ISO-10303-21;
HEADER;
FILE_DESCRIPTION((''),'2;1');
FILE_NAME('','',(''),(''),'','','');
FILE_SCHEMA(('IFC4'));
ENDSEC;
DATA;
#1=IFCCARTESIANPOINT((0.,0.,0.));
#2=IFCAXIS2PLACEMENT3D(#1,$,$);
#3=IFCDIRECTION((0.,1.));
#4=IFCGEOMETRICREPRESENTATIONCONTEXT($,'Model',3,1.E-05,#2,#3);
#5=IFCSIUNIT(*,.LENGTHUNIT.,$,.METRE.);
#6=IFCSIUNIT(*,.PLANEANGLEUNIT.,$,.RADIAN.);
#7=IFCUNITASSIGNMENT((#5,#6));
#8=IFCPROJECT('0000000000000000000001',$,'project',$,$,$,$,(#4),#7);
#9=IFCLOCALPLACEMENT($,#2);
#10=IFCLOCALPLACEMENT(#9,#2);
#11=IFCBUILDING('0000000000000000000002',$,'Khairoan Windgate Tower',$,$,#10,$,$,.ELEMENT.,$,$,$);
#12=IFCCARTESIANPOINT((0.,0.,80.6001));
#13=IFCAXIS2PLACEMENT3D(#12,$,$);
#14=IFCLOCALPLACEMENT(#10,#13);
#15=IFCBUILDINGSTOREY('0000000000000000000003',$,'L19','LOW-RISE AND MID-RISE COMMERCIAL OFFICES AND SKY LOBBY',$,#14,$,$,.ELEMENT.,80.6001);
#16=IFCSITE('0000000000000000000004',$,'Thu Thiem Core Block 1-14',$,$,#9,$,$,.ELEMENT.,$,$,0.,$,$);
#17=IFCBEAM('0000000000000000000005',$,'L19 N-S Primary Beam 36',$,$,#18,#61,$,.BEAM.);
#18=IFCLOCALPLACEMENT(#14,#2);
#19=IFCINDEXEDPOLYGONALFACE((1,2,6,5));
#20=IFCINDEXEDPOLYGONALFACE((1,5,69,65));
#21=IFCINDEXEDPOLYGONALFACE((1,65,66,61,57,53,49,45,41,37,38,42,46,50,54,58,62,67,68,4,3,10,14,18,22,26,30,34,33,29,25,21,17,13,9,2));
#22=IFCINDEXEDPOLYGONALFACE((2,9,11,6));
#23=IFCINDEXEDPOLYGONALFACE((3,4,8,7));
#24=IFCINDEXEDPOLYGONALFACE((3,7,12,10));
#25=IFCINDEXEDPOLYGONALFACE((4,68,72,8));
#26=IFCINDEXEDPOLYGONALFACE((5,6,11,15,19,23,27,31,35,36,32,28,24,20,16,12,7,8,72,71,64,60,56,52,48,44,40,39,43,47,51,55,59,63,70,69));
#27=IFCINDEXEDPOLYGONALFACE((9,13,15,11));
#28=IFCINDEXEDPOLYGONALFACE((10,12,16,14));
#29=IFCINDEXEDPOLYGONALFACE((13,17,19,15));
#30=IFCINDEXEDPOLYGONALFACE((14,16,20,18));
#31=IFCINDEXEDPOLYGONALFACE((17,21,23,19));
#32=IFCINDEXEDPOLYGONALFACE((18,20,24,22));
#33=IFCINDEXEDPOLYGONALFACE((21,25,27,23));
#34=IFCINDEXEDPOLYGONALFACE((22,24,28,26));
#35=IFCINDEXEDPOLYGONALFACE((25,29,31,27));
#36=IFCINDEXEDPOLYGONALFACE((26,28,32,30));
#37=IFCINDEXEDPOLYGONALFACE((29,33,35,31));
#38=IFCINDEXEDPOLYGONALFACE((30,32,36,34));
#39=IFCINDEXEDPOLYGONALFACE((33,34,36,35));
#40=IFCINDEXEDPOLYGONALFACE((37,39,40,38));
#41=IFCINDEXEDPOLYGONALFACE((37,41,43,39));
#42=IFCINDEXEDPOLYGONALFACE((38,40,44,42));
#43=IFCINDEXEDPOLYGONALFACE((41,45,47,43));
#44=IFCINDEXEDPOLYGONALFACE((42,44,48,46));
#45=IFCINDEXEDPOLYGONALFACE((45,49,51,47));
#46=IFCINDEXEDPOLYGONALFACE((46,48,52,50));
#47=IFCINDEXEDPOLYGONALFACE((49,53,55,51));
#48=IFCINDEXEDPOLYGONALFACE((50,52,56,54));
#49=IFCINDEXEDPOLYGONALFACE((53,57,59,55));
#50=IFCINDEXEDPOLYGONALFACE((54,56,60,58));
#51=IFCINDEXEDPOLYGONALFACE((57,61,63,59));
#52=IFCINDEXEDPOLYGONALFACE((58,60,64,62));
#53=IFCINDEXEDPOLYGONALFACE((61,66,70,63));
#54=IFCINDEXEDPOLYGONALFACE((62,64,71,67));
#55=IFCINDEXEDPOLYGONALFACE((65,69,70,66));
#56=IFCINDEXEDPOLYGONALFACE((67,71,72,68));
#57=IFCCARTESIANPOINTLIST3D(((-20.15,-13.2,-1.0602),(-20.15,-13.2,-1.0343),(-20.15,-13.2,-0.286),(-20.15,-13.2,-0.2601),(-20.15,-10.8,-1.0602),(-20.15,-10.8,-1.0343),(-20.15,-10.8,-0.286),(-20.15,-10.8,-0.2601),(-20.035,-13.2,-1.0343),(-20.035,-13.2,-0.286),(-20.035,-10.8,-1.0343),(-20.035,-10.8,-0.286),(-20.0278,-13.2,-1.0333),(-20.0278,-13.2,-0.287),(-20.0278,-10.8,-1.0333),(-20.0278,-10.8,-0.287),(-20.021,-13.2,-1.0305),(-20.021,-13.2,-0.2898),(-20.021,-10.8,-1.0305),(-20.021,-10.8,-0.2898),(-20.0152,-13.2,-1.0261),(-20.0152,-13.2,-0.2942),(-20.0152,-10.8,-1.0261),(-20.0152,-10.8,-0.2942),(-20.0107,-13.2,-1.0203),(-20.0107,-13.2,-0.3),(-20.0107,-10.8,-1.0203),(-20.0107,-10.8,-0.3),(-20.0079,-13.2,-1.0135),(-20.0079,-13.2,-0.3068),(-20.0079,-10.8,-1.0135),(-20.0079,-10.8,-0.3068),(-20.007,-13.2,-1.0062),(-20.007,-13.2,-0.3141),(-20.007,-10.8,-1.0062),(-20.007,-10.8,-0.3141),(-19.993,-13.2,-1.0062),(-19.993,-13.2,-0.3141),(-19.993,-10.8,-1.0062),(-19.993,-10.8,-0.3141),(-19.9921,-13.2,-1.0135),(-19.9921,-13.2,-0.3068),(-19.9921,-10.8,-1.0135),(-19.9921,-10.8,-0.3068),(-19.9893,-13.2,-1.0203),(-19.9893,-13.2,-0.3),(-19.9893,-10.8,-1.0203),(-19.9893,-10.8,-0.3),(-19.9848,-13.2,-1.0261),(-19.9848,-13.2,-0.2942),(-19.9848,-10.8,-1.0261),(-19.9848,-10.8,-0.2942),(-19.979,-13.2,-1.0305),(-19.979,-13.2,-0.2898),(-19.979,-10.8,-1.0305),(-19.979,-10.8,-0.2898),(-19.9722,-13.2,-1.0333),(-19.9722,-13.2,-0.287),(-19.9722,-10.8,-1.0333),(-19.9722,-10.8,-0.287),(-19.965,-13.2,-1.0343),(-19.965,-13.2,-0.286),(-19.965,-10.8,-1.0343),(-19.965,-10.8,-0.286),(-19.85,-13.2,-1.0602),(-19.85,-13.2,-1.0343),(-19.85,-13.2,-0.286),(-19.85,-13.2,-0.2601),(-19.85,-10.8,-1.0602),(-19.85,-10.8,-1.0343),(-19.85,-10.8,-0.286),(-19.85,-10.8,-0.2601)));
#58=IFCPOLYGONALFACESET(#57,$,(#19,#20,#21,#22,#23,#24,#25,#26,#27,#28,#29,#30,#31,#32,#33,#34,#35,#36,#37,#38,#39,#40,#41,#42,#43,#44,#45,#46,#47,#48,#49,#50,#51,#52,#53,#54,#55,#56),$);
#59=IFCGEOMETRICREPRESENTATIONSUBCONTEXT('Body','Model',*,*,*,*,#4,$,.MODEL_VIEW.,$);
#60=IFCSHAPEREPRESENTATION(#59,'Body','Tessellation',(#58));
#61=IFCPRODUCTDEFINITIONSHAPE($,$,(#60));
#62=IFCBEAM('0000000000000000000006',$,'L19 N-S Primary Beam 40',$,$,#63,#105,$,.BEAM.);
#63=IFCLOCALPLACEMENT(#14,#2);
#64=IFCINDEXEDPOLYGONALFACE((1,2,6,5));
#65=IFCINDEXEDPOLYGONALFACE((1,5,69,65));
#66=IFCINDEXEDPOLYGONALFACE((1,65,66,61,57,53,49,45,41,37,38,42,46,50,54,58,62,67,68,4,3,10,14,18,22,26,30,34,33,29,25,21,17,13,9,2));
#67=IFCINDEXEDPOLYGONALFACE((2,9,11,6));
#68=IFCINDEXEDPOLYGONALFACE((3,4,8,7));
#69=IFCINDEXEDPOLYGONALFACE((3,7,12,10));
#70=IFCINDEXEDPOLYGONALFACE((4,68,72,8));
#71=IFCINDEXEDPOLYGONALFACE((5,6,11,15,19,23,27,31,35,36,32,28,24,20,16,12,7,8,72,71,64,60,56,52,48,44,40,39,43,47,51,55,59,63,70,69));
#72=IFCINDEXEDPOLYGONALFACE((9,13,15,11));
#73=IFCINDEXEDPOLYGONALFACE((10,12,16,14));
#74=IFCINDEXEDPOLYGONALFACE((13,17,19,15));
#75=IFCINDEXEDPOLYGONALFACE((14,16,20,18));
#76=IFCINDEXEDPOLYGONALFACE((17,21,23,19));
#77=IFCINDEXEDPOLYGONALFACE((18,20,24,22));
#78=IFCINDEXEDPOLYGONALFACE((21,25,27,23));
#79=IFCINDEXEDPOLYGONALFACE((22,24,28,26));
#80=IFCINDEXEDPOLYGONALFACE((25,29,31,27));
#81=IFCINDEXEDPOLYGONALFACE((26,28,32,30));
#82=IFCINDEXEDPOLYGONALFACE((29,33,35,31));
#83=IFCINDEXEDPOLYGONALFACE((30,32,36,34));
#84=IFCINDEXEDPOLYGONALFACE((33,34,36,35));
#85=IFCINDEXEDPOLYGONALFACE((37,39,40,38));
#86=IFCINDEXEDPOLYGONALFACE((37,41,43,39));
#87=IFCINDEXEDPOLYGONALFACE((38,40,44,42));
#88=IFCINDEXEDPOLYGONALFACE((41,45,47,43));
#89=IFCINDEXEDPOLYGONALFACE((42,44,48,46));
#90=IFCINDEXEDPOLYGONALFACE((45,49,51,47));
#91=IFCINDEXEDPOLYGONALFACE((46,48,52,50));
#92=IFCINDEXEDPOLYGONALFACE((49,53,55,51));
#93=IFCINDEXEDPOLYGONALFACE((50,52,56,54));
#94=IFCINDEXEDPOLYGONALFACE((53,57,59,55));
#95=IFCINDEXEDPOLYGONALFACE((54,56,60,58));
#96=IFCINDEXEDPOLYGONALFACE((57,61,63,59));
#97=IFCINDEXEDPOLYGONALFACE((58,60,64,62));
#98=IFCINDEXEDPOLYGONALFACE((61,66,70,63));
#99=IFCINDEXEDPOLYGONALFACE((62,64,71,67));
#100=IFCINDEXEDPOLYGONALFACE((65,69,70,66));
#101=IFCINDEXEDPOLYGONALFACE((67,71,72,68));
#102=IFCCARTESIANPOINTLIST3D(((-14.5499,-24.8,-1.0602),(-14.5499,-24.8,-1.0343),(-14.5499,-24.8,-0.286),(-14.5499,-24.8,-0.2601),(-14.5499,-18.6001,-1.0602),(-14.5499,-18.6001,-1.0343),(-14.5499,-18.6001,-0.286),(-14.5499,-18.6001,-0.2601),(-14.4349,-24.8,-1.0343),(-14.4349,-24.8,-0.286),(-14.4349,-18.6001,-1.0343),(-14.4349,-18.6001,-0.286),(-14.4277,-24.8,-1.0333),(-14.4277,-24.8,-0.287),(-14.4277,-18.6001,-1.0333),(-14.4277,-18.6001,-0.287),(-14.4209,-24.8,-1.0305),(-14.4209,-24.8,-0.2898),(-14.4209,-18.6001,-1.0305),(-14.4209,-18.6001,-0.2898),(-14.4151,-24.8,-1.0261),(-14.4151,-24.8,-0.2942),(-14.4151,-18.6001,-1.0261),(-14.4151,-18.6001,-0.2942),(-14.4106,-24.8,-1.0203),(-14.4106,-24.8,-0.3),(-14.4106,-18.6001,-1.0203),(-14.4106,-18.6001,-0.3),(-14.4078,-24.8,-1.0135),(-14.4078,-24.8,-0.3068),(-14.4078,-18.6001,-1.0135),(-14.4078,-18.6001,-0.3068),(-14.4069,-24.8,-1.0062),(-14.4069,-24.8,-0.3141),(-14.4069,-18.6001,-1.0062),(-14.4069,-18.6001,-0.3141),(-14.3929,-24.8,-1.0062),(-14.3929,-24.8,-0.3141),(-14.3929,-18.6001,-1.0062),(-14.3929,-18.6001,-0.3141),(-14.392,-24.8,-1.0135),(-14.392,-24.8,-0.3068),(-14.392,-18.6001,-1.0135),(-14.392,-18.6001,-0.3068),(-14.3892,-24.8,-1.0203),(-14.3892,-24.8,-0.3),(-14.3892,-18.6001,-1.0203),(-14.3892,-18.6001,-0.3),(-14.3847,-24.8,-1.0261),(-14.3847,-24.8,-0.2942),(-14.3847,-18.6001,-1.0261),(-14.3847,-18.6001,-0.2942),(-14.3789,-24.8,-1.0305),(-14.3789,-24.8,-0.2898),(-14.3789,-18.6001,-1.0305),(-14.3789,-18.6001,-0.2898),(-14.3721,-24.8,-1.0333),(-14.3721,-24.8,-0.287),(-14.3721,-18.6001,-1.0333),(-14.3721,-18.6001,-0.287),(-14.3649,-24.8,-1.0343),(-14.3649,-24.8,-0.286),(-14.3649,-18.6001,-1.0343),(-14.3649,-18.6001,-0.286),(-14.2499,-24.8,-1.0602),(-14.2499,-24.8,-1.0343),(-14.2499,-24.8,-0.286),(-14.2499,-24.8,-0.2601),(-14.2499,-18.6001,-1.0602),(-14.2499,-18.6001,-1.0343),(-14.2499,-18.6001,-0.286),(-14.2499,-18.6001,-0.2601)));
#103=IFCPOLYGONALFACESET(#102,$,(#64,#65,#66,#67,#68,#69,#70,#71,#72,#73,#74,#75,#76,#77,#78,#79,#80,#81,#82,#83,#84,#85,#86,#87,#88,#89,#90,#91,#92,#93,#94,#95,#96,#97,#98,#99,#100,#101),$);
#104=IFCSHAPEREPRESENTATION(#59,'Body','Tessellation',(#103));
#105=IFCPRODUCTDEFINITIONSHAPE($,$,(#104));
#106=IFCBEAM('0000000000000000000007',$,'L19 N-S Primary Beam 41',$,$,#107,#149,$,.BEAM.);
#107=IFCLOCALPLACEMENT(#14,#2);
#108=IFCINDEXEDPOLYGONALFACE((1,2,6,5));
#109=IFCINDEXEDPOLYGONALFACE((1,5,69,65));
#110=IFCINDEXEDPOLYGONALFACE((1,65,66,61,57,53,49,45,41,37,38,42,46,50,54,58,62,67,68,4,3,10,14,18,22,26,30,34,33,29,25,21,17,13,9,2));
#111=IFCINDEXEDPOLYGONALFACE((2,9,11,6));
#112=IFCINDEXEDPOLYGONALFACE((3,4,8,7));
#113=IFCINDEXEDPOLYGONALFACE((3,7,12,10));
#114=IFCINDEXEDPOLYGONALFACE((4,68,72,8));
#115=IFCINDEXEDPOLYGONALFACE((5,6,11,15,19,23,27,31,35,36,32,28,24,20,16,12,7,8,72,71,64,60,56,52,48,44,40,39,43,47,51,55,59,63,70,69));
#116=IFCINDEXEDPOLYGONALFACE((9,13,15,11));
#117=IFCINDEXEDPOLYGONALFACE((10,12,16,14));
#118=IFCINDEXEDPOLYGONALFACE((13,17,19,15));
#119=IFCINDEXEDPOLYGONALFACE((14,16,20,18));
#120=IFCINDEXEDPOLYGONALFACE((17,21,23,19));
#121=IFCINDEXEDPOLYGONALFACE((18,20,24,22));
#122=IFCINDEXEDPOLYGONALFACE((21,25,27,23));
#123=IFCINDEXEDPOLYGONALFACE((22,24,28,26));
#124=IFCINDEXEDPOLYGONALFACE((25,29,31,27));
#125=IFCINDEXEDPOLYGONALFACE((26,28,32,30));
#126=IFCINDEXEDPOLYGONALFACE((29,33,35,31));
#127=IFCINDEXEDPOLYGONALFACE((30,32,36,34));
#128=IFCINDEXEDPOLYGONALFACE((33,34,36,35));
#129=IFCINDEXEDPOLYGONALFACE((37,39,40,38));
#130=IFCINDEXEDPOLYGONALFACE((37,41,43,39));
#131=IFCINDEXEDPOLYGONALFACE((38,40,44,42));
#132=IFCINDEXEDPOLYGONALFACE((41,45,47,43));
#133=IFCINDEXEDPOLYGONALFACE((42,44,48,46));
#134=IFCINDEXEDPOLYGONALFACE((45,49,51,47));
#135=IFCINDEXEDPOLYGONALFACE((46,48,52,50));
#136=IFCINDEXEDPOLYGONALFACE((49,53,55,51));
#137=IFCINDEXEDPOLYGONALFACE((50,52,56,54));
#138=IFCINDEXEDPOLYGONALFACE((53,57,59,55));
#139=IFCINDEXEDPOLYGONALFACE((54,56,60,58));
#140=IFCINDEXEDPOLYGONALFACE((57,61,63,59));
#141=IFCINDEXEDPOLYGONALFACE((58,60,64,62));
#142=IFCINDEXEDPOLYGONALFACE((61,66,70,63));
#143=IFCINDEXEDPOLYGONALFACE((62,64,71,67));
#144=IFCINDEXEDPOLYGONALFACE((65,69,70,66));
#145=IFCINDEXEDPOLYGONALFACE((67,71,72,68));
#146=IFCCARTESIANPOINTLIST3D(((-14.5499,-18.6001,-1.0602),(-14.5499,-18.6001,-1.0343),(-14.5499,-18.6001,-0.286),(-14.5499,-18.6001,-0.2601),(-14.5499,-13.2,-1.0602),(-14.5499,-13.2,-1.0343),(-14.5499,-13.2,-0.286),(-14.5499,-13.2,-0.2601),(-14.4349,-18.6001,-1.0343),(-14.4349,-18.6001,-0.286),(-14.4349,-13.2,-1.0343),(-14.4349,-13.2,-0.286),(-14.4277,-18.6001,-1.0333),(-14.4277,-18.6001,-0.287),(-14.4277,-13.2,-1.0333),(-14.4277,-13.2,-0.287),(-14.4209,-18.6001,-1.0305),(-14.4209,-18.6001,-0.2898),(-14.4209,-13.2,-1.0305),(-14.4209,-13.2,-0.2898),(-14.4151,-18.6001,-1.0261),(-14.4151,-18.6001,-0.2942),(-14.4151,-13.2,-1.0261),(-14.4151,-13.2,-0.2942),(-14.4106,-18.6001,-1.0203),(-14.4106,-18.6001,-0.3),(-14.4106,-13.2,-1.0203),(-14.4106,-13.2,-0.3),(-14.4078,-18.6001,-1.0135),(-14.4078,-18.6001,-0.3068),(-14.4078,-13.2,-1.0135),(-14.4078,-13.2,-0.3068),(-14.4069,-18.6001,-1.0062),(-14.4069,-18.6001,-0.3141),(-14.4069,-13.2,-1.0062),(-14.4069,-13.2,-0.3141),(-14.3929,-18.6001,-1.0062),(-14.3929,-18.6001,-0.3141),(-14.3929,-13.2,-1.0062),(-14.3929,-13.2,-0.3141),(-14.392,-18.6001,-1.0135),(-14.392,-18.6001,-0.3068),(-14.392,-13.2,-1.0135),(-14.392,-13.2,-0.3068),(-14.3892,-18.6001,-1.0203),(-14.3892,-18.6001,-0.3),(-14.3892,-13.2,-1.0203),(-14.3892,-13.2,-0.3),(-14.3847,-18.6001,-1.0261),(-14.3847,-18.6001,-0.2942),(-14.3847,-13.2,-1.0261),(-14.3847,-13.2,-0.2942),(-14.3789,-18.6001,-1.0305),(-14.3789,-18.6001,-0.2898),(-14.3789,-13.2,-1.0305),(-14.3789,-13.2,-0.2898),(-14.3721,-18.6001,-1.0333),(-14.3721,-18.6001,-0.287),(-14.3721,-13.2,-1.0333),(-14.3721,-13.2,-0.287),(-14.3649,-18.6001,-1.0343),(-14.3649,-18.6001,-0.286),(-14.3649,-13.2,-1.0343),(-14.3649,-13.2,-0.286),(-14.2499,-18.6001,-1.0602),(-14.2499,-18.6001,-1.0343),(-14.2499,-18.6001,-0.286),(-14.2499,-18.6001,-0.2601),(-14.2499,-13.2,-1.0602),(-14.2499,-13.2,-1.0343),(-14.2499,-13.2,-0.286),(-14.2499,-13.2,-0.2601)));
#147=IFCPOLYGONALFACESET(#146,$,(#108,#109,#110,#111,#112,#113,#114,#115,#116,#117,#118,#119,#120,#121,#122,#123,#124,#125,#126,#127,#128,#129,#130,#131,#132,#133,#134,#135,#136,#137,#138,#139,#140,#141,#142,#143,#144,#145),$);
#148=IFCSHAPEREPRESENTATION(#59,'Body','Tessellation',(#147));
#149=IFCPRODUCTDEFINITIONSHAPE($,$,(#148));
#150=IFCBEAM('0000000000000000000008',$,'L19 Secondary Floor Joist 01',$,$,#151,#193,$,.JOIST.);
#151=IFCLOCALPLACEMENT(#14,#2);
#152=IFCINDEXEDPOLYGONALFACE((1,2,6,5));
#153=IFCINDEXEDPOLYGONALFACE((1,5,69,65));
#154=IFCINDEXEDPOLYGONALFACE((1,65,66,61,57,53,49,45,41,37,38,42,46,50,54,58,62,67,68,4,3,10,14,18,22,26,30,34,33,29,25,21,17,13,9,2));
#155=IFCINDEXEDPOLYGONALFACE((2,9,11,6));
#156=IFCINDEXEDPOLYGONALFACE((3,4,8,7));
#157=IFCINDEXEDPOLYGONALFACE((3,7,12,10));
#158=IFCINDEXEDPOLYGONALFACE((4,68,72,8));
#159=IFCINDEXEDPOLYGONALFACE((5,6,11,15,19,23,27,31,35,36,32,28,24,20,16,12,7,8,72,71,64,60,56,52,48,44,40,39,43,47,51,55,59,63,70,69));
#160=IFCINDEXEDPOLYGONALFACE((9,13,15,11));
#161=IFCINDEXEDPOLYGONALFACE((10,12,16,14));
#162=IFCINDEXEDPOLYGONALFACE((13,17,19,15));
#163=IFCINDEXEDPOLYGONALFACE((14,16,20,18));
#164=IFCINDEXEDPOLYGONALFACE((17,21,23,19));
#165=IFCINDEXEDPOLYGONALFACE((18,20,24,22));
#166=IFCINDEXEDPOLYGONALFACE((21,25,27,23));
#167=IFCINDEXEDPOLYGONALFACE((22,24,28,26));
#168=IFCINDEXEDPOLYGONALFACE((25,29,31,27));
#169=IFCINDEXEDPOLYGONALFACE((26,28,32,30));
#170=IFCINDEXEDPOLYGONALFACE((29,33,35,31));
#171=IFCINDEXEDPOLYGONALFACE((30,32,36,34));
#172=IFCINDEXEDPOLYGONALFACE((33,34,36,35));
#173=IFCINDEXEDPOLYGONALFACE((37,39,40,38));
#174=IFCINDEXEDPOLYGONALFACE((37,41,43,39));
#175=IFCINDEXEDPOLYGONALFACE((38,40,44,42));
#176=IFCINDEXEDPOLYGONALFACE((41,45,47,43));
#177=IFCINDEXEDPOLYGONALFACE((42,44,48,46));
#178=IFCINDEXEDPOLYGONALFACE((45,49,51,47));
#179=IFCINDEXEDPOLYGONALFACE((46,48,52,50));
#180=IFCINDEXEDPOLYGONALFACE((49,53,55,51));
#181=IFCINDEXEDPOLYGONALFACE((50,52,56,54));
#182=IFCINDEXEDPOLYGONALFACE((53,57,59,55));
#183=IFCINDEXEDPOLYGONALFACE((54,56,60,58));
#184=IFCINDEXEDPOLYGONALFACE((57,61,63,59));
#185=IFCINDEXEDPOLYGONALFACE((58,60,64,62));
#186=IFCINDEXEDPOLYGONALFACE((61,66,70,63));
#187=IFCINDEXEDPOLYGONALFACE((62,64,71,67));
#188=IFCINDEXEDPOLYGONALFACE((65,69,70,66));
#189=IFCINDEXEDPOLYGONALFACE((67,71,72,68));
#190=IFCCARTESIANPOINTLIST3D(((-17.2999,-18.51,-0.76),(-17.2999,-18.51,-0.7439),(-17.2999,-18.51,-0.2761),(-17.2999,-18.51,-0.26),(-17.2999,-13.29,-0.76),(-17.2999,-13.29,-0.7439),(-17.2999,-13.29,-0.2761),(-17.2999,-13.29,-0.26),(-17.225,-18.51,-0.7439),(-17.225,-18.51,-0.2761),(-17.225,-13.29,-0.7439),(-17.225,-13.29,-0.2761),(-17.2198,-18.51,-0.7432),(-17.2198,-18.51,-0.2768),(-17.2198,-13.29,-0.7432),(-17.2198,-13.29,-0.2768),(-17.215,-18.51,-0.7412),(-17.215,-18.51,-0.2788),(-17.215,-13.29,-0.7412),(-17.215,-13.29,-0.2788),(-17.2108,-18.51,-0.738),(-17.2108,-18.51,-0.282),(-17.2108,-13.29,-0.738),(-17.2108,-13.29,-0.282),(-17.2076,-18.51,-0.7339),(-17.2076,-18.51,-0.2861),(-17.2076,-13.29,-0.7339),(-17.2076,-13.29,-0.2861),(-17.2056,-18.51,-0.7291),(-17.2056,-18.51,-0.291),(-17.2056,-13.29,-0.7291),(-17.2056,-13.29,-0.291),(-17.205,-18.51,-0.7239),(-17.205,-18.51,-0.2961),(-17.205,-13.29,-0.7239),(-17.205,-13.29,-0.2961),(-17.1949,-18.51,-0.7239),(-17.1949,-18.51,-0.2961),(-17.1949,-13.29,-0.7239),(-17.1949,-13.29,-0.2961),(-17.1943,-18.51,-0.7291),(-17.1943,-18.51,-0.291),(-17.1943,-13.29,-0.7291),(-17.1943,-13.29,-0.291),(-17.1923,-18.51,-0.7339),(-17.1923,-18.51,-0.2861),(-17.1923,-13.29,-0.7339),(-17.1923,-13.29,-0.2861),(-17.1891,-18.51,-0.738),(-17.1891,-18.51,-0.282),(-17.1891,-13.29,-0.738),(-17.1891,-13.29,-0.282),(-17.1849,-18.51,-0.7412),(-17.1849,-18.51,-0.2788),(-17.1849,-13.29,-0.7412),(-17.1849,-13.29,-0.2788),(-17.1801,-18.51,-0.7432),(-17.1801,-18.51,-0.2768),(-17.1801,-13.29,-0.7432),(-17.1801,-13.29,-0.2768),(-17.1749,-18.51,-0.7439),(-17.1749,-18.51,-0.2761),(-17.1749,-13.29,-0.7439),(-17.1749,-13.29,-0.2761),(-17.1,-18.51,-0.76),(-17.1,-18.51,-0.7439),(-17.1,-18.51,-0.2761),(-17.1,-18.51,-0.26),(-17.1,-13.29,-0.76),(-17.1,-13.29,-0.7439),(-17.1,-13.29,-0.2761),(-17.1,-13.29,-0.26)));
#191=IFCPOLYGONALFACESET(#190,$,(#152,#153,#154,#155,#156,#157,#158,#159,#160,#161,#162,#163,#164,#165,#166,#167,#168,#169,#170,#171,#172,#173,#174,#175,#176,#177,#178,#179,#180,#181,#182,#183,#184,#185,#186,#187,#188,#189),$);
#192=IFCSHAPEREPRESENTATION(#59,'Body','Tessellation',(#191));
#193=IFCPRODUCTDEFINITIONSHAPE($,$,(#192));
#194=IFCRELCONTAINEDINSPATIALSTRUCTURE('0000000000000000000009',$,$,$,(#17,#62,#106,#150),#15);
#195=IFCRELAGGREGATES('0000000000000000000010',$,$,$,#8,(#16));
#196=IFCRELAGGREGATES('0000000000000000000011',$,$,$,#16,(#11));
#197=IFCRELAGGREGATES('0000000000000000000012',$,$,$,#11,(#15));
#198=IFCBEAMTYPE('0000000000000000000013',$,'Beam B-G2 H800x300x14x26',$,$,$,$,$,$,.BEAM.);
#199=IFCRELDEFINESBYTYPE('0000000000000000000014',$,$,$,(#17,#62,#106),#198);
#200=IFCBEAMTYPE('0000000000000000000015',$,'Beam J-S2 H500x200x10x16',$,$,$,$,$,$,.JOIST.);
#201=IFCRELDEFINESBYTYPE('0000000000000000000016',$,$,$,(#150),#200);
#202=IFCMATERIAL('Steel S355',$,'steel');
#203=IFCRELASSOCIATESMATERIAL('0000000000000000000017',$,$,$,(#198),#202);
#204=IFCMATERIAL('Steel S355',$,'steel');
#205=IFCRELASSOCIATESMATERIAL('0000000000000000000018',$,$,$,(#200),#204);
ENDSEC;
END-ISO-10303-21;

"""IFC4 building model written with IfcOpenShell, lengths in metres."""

from ifc_helpers import new_model, si_unit, direction, frame, origin, origin_2d, place, context, subcontext, project, spatial, i_section, extrude, material, material_profile, profile_set, type_object, element, save


model = new_model("IFC4")

# Units and contexts
model_context = context("Model", 3, precision=1e-05, world=origin(), true_north=direction((0.0, 1.0)))
body_context = subcontext(model_context, "Body", "Model", "MODEL_VIEW")
ifc_project = project(units=[si_unit("LENGTHUNIT", "METRE"), si_unit("PLANEANGLEUNIT", "RADIAN")], contexts=[model_context])

# Site, building, storey
site_placement = place(None, origin())
site = spatial("IfcSite", under=ifc_project, at=site_placement, Name="Thu Thiem Core Block 1-14", CompositionType="ELEMENT", RefElevation=0.0)
building_placement = place(site_placement, origin())
building = spatial("IfcBuilding", under=site, at=building_placement, Name="Khairoan Windgate Tower", CompositionType="ELEMENT")
storey_placement = place(building_placement, frame((0.0, 0.0, 80.6001)))
storey = spatial("IfcBuildingStorey", under=building, at=storey_placement, Name="L19", Description="LOW-RISE AND MID-RISE COMMERCIAL OFFICES AND SKY LOBBY", CompositionType="ELEMENT", Elevation=80.6001)

# Beams
ifc_material_1 = material(Name="Steel S355", Category="steel")
ifc_material_profile_1 = material_profile(ifc_material_1, i_section(OverallWidth=0.3, OverallDepth=0.8, WebThickness=0.0139, FlangeThickness=0.0259, FilletRadius=0.0281, at=origin_2d()))
ifc_profile_set_1 = profile_set([ifc_material_profile_1], Name="Steel S355")
beam_type_1 = type_object("IfcBeamType", Name="Beam B-G2 H800x300x14x26", PredefinedType="BEAM", material=ifc_profile_set_1)
beam_1_placement = place(storey_placement, frame((-20.0, -13.2, -0.6602), z_axis=(0.0, 1.0, 0.0), x_axis=(-1.0, 0.0, 0.0)))
element("IfcBeam", 1, at=beam_1_placement, inside=storey, type_object=beam_type_1, Name="L19 N-S Primary Beam 36", PredefinedType="BEAM", context=body_context, shape_type="SweptSolid", body=[
    extrude(i_section(OverallWidth=0.3, OverallDepth=0.8, WebThickness=0.0139, FlangeThickness=0.0259, FilletRadius=0.0281, at=origin_2d()), origin(), (0.0, 0.0, 1.0), 2.3999),
])
beam_2_placement = place(storey_placement, frame((-14.3999, -24.8, -0.6602), z_axis=(0.0, 1.0, 0.0), x_axis=(-1.0, 0.0, 0.0)))
element("IfcBeam", 2, at=beam_2_placement, inside=storey, type_object=beam_type_1, Name="L19 N-S Primary Beam 40", PredefinedType="BEAM", context=body_context, shape_type="SweptSolid", body=[
    extrude(i_section(OverallWidth=0.3, OverallDepth=0.8, WebThickness=0.0139, FlangeThickness=0.0259, FilletRadius=0.0281, at=origin_2d()), origin(), (0.0, 0.0, 1.0), 6.2),
])
beam_3_placement = place(storey_placement, frame((-14.3999, -18.6001, -0.6602), z_axis=(0.0, 1.0, 0.0), x_axis=(-1.0, 0.0, 0.0)))
element("IfcBeam", 3, at=beam_3_placement, inside=storey, type_object=beam_type_1, Name="L19 N-S Primary Beam 41", PredefinedType="BEAM", context=body_context, shape_type="SweptSolid", body=[
    extrude(i_section(OverallWidth=0.3, OverallDepth=0.8, WebThickness=0.0139, FlangeThickness=0.0259, FilletRadius=0.0281, at=origin_2d()), origin(), (0.0, 0.0, 1.0), 5.4001),
])
ifc_material_2 = material(Name="Steel S355", Category="steel")
ifc_material_profile_2 = material_profile(ifc_material_2, i_section(OverallWidth=0.2, OverallDepth=0.5, WebThickness=0.01, FlangeThickness=0.0161, FilletRadius=0.02, at=origin_2d()))
ifc_profile_set_2 = profile_set([ifc_material_profile_2], Name="Steel S355")
beam_type_2 = type_object("IfcBeamType", Name="Beam J-S2 H500x200x10x16", PredefinedType="JOIST", material=ifc_profile_set_2)
beam_4_placement = place(storey_placement, frame((-17.2, -18.51, -0.51), z_axis=(0.0, 1.0, 0.0), x_axis=(-1.0, 0.0, 0.0)))
element("IfcBeam", 4, at=beam_4_placement, inside=storey, type_object=beam_type_2, Name="L19 Secondary Floor Joist 01", PredefinedType="JOIST", context=body_context, shape_type="SweptSolid", body=[
    extrude(i_section(OverallWidth=0.2, OverallDepth=0.5, WebThickness=0.01, FlangeThickness=0.0161, FilletRadius=0.02, at=origin_2d()), origin(), (0.0, 0.0, 1.0), 5.22),
])

save(model, "model.ifc")
